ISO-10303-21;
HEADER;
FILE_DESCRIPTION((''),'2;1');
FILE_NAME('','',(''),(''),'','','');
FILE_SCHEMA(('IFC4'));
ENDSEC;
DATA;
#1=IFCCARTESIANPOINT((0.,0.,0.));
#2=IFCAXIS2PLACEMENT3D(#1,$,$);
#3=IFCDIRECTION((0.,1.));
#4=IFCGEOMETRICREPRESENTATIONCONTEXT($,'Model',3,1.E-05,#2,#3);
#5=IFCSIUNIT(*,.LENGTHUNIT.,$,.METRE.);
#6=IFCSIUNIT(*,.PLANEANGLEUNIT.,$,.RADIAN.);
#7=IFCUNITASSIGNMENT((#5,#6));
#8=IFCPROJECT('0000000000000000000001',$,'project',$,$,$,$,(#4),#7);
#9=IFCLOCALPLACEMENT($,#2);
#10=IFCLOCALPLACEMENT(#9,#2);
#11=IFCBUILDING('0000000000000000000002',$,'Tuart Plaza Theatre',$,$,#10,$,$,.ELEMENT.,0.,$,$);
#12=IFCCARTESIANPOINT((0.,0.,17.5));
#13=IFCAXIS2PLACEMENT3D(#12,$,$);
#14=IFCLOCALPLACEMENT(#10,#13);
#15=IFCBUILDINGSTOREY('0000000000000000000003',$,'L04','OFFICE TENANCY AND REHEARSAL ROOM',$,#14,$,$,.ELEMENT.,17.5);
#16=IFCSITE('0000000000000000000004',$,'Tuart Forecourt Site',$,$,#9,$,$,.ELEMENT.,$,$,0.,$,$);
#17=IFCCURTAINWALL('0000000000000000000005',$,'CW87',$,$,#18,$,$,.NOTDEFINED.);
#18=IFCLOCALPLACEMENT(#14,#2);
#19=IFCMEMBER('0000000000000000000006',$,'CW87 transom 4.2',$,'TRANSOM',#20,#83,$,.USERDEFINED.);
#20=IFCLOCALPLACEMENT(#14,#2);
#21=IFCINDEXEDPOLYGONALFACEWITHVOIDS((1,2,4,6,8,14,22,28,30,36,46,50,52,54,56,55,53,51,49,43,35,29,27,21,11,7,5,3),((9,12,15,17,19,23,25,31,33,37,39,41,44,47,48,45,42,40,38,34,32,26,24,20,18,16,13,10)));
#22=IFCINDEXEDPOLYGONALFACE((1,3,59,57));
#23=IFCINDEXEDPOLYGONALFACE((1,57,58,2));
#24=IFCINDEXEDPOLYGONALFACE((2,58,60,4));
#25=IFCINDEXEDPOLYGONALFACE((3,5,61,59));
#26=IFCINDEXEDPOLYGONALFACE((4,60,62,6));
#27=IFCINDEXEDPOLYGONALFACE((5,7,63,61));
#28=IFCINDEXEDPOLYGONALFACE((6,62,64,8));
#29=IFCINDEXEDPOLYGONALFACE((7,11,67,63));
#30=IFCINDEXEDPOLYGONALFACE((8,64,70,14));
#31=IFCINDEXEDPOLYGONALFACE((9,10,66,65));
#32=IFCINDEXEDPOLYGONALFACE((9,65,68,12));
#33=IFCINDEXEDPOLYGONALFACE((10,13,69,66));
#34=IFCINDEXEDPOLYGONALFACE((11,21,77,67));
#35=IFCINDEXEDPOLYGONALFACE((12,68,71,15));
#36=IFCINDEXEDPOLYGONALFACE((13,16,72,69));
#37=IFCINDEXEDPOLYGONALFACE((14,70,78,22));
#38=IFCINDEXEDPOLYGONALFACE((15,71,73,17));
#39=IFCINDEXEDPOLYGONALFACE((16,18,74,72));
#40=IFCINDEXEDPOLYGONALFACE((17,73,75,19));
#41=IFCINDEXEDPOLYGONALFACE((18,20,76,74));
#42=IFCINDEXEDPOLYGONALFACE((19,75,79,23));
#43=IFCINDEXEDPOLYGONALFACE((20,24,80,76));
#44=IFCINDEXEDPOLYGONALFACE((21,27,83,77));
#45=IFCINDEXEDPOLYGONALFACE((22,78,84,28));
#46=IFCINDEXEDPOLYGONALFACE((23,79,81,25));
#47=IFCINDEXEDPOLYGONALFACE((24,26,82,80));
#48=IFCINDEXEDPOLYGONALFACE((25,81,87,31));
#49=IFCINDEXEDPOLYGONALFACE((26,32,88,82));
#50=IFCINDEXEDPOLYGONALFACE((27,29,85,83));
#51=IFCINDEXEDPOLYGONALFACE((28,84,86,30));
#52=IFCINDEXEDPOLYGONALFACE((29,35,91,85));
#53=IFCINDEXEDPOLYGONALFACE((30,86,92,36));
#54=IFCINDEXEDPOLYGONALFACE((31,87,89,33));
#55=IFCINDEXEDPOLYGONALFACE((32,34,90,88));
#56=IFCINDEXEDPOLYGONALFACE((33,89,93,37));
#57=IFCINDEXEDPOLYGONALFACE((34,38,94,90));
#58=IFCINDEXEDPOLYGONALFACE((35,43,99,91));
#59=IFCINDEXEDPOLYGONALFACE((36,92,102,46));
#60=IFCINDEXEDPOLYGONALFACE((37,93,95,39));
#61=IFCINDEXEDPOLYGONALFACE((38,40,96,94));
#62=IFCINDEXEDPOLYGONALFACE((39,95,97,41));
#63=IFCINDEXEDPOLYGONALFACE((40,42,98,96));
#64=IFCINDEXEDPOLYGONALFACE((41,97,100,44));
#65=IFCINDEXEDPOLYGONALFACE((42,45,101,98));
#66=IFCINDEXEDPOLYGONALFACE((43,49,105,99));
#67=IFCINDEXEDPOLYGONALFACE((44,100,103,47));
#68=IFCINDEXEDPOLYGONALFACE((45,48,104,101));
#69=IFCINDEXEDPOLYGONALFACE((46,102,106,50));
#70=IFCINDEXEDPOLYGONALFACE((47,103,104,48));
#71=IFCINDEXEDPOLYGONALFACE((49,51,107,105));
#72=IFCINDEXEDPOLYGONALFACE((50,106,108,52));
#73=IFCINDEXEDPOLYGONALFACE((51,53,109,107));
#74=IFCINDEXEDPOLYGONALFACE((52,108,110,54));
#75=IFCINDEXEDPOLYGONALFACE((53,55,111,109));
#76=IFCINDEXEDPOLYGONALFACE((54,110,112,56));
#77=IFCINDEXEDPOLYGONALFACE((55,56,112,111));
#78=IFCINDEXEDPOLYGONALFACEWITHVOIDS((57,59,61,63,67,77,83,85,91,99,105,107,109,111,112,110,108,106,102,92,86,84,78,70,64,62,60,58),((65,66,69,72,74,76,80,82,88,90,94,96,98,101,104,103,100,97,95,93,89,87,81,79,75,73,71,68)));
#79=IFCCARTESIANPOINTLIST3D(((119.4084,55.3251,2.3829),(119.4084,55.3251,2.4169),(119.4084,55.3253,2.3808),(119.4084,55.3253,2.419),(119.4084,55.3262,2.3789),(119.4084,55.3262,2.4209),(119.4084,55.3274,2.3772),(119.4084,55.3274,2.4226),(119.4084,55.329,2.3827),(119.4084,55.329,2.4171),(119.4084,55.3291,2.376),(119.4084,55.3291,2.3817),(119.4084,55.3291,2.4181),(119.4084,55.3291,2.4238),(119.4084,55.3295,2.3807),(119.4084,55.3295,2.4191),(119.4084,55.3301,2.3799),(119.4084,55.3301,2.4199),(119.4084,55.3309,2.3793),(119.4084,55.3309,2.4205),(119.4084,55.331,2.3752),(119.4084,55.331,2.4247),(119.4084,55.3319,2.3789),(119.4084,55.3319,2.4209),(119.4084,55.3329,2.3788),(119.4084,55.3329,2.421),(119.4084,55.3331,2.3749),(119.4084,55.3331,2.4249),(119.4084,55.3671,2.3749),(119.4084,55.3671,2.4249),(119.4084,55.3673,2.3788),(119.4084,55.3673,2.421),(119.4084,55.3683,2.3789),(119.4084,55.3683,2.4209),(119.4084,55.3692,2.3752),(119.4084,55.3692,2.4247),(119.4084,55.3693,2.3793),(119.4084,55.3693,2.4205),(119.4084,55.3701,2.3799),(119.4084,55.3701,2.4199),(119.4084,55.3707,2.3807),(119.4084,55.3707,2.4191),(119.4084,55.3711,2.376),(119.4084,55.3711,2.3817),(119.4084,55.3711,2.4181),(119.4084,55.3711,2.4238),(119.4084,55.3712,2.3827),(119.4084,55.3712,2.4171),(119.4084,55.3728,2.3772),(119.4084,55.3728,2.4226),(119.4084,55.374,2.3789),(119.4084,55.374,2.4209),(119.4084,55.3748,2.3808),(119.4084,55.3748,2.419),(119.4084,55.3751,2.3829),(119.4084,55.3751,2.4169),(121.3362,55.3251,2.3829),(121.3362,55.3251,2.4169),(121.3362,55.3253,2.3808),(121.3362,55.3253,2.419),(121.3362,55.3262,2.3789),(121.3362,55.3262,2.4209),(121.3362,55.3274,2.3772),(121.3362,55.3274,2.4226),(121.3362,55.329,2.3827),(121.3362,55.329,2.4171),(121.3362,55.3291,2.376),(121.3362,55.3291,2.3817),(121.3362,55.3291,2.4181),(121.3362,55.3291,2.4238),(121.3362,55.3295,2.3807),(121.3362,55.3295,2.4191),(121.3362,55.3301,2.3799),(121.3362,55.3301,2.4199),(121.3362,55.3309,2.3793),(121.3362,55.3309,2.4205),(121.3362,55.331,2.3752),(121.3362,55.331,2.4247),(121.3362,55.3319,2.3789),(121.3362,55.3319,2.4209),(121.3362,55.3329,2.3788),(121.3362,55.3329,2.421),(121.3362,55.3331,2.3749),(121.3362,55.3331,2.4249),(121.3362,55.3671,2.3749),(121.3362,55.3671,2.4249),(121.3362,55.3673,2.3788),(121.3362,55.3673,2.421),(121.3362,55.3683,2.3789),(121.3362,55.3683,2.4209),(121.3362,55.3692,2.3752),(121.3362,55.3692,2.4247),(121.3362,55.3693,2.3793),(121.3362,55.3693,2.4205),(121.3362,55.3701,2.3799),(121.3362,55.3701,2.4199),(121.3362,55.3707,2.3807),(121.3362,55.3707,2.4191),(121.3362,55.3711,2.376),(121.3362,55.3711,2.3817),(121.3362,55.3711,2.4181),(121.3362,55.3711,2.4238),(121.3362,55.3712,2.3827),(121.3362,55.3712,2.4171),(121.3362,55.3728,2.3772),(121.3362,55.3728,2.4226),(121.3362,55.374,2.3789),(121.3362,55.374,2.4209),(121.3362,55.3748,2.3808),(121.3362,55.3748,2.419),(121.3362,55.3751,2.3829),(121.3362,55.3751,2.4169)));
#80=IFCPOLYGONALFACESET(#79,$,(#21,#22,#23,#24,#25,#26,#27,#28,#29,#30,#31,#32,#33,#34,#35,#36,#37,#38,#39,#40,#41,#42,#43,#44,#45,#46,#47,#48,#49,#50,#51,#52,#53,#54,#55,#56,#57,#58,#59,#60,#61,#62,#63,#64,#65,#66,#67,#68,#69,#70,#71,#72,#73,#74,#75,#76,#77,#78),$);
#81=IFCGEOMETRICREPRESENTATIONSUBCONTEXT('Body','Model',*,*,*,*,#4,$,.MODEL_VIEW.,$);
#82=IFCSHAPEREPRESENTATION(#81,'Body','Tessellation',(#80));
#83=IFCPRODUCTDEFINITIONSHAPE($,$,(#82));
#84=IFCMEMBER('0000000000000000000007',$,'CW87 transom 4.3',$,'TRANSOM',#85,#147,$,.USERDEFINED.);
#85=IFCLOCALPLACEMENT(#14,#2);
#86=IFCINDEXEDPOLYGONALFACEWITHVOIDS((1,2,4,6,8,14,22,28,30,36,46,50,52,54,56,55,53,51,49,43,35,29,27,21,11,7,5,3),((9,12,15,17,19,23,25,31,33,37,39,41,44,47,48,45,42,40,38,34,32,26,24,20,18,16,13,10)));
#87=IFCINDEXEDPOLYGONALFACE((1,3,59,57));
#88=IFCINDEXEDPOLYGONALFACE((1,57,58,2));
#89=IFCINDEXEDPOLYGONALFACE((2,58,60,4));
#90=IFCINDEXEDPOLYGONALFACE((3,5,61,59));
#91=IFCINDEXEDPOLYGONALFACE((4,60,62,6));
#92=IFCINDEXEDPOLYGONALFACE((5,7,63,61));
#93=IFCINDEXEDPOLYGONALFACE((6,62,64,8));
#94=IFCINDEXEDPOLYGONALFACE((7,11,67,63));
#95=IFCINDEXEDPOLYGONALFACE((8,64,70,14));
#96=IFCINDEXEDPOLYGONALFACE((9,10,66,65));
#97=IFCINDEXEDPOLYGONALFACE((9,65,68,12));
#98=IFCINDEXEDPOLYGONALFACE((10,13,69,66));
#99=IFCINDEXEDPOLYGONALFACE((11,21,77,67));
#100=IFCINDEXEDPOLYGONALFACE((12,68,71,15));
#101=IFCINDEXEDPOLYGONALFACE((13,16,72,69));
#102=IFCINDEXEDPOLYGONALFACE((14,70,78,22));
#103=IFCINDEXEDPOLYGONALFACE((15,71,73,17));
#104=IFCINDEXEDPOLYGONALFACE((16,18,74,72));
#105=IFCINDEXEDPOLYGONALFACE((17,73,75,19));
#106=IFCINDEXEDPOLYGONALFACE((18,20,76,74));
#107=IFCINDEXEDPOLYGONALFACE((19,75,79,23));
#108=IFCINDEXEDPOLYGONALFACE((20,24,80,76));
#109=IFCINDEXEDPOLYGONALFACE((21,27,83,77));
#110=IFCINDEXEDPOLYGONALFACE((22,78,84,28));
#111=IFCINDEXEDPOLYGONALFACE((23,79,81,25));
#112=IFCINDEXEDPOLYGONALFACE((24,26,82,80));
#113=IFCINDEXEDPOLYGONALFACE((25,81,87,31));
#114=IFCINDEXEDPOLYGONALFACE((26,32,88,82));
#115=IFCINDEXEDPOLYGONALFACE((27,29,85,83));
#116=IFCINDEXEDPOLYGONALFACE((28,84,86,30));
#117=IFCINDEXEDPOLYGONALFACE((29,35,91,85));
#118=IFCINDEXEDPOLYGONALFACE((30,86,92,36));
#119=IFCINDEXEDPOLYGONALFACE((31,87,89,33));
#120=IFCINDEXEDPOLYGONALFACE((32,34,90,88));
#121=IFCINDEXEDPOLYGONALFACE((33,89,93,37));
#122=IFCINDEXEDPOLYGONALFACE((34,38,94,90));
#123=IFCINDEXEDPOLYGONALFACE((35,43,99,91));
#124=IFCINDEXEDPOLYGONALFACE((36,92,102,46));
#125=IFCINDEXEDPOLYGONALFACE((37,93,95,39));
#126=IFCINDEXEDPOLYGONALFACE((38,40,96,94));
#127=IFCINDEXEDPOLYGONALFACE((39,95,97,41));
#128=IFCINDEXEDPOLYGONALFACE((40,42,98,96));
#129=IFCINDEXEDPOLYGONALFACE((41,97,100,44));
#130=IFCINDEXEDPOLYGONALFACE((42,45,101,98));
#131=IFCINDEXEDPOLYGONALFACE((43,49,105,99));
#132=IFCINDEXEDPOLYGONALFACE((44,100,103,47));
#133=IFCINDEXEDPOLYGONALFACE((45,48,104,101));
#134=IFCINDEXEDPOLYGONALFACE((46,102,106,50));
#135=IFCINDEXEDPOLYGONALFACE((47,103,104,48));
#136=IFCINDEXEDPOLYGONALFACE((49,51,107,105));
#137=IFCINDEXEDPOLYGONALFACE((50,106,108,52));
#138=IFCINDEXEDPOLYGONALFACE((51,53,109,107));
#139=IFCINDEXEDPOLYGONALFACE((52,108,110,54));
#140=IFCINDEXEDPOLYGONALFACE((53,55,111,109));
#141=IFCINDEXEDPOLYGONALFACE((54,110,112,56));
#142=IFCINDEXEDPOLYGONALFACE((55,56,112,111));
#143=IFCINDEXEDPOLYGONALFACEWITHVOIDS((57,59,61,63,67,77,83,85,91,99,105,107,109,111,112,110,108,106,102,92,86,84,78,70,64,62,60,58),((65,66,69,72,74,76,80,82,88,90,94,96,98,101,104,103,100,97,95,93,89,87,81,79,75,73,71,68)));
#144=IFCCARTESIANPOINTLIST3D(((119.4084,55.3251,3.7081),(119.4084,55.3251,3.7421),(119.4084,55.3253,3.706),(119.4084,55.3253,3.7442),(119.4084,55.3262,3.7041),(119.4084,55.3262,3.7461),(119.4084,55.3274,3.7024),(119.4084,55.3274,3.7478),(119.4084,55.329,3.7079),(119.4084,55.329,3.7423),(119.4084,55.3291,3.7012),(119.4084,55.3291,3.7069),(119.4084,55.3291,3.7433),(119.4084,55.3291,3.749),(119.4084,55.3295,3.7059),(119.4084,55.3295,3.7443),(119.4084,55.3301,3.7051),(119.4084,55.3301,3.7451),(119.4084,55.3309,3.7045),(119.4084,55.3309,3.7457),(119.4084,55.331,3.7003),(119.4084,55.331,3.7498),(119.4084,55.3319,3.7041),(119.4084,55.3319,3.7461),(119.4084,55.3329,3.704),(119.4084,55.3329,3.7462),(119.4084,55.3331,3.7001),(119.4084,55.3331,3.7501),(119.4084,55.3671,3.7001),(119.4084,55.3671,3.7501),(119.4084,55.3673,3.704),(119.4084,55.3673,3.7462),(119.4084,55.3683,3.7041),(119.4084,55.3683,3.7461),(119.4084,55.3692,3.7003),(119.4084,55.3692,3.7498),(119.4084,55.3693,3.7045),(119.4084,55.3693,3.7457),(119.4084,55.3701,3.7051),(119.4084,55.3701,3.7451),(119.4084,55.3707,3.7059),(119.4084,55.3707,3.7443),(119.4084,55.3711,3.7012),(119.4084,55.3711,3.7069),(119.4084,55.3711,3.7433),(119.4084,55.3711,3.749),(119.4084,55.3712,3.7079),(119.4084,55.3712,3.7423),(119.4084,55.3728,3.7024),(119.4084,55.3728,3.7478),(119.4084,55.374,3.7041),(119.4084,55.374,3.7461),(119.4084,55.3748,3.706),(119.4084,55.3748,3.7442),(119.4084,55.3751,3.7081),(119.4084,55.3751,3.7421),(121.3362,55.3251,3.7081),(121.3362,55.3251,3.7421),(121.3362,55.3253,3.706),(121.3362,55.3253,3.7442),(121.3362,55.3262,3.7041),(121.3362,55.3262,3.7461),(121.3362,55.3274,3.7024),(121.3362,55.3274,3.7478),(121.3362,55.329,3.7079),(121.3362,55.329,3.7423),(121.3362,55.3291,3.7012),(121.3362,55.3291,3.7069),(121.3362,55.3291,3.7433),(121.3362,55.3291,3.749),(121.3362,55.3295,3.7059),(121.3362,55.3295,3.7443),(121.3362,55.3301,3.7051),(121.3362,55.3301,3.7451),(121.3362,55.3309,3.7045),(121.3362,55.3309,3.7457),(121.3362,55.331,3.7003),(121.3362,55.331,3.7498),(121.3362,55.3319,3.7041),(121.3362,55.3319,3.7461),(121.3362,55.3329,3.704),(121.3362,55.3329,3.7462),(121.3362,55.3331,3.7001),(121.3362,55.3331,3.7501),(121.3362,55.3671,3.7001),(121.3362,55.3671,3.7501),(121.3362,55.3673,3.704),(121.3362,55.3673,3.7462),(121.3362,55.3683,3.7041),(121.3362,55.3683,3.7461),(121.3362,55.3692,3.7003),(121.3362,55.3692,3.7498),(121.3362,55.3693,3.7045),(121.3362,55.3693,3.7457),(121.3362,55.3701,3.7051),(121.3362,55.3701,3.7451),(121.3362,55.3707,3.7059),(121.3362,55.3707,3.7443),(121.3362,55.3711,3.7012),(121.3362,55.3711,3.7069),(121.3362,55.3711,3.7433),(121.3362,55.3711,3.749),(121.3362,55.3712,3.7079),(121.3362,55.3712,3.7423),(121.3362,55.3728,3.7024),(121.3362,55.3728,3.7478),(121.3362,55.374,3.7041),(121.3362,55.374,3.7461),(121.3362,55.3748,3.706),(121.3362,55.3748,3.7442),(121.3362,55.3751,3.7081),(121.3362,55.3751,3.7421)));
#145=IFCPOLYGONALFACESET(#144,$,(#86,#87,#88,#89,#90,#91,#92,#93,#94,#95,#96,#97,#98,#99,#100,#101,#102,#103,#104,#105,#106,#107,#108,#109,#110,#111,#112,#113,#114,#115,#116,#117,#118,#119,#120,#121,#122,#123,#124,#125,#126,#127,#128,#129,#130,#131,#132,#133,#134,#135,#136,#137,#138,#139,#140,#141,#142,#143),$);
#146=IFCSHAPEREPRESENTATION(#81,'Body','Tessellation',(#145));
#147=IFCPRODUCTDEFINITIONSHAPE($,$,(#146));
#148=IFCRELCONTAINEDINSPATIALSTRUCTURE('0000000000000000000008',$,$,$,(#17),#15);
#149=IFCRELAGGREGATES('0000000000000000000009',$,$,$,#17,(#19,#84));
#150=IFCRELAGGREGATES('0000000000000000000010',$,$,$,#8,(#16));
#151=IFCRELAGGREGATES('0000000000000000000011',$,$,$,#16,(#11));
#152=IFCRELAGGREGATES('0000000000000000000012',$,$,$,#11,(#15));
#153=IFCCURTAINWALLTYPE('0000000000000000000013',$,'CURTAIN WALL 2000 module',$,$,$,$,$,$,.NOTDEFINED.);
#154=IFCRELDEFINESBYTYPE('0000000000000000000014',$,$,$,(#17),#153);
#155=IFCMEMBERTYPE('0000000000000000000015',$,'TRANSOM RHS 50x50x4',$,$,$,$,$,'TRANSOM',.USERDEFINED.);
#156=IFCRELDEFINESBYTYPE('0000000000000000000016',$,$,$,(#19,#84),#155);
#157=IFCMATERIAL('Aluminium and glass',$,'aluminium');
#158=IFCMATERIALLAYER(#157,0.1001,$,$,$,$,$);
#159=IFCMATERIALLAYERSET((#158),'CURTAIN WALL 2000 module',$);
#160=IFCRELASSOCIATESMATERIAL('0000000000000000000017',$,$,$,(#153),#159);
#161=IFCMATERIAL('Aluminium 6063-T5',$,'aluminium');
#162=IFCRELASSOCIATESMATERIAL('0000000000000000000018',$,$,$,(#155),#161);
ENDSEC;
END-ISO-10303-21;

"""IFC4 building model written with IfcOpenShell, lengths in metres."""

from ifc_helpers import new_model, si_unit, direction, frame, origin, origin_2d, place, context, subcontext, project, spatial, hollow_rectangle, extrude, material, layer, layer_set, material_profile, profile_set, type_object, element, aggregate, save


model = new_model("IFC4")

# Units and contexts
model_context = context("Model", 3, precision=1e-05, world=origin(), true_north=direction((0.0, 1.0)))
body_context = subcontext(model_context, "Body", "Model", "MODEL_VIEW")
ifc_project = project(units=[si_unit("LENGTHUNIT", "METRE"), si_unit("PLANEANGLEUNIT", "RADIAN")], contexts=[model_context])

# Site, building, storey
site_placement = place(None, origin())
site = spatial("IfcSite", under=ifc_project, at=site_placement, Name="Tuart Forecourt Site", CompositionType="ELEMENT", RefElevation=0.0)
building_placement = place(site_placement, origin())
building = spatial("IfcBuilding", under=site, at=building_placement, Name="Tuart Plaza Theatre", CompositionType="ELEMENT", ElevationOfRefHeight=0.0)
storey_placement = place(building_placement, frame((0.0, 0.0, 17.5)))
storey = spatial("IfcBuildingStorey", under=building, at=storey_placement, Name="L04", Description="OFFICE TENANCY AND REHEARSAL ROOM", CompositionType="ELEMENT", Elevation=17.5)

# Curtain wall, members
ifc_material_1 = material(Name="Aluminium and glass", Category="aluminium")
ifc_layer_1 = layer(ifc_material_1, 0.1001)
ifc_layer_set_1 = layer_set([ifc_layer_1], Name="CURTAIN WALL 2000 module")
curtain_wall_type = type_object("IfcCurtainWallType", Name="CURTAIN WALL 2000 module", PredefinedType="NOTDEFINED", material=ifc_layer_set_1)
curtain_wall_placement = place(storey_placement, origin())
curtain_wall = element("IfcCurtainWall", 1, at=curtain_wall_placement, inside=storey, type_object=curtain_wall_type, Name="CW87", PredefinedType="NOTDEFINED")
ifc_material_2 = material(Name="Aluminium 6063-T5", Category="aluminium")
ifc_material_profile_1 = material_profile(ifc_material_2, hollow_rectangle(XDim=0.05, YDim=0.05, WallThickness=0.0039, InnerFilletRadius=0.0039, OuterFilletRadius=0.0081, at=origin_2d()), Name="RHS 50x50x4")
ifc_profile_set_1 = profile_set([ifc_material_profile_1], Name="Aluminium 6063-T5")
member_type_1 = type_object("IfcMemberType", Name="TRANSOM RHS 50x50x4", ElementType="TRANSOM", PredefinedType="USERDEFINED", material=ifc_profile_set_1)
member_1_placement = place(storey_placement, frame((119.4084, 55.3501, 2.3999), z_axis=(1.0, 0.0, 0.0), x_axis=(0.0, 1.0, 0.0)))
member_1 = element("IfcMember", 2, at=member_1_placement, type_object=member_type_1, Name="CW87 transom 4.2", ObjectType="TRANSOM", PredefinedType="USERDEFINED", context=body_context, shape_type="SweptSolid", body=[
    extrude(hollow_rectangle(XDim=0.05, YDim=0.05, WallThickness=0.0039, InnerFilletRadius=0.0039, OuterFilletRadius=0.0081, at=origin_2d()), origin(), (0.0, 0.0, 1.0), 1.9277),
])
member_2_placement = place(storey_placement, frame((119.4084, 55.3501, 3.7251), z_axis=(1.0, 0.0, 0.0), x_axis=(0.0, 1.0, 0.0)))
member_2 = element("IfcMember", 3, at=member_2_placement, type_object=member_type_1, Name="CW87 transom 4.3", ObjectType="TRANSOM", PredefinedType="USERDEFINED", context=body_context, shape_type="SweptSolid", body=[
    extrude(hollow_rectangle(XDim=0.05, YDim=0.05, WallThickness=0.0039, InnerFilletRadius=0.0039, OuterFilletRadius=0.0081, at=origin_2d()), origin(), (0.0, 0.0, 1.0), 1.9277),
])
aggregate(curtain_wall, [member_1, member_2])

save(model, "model.ifc")
